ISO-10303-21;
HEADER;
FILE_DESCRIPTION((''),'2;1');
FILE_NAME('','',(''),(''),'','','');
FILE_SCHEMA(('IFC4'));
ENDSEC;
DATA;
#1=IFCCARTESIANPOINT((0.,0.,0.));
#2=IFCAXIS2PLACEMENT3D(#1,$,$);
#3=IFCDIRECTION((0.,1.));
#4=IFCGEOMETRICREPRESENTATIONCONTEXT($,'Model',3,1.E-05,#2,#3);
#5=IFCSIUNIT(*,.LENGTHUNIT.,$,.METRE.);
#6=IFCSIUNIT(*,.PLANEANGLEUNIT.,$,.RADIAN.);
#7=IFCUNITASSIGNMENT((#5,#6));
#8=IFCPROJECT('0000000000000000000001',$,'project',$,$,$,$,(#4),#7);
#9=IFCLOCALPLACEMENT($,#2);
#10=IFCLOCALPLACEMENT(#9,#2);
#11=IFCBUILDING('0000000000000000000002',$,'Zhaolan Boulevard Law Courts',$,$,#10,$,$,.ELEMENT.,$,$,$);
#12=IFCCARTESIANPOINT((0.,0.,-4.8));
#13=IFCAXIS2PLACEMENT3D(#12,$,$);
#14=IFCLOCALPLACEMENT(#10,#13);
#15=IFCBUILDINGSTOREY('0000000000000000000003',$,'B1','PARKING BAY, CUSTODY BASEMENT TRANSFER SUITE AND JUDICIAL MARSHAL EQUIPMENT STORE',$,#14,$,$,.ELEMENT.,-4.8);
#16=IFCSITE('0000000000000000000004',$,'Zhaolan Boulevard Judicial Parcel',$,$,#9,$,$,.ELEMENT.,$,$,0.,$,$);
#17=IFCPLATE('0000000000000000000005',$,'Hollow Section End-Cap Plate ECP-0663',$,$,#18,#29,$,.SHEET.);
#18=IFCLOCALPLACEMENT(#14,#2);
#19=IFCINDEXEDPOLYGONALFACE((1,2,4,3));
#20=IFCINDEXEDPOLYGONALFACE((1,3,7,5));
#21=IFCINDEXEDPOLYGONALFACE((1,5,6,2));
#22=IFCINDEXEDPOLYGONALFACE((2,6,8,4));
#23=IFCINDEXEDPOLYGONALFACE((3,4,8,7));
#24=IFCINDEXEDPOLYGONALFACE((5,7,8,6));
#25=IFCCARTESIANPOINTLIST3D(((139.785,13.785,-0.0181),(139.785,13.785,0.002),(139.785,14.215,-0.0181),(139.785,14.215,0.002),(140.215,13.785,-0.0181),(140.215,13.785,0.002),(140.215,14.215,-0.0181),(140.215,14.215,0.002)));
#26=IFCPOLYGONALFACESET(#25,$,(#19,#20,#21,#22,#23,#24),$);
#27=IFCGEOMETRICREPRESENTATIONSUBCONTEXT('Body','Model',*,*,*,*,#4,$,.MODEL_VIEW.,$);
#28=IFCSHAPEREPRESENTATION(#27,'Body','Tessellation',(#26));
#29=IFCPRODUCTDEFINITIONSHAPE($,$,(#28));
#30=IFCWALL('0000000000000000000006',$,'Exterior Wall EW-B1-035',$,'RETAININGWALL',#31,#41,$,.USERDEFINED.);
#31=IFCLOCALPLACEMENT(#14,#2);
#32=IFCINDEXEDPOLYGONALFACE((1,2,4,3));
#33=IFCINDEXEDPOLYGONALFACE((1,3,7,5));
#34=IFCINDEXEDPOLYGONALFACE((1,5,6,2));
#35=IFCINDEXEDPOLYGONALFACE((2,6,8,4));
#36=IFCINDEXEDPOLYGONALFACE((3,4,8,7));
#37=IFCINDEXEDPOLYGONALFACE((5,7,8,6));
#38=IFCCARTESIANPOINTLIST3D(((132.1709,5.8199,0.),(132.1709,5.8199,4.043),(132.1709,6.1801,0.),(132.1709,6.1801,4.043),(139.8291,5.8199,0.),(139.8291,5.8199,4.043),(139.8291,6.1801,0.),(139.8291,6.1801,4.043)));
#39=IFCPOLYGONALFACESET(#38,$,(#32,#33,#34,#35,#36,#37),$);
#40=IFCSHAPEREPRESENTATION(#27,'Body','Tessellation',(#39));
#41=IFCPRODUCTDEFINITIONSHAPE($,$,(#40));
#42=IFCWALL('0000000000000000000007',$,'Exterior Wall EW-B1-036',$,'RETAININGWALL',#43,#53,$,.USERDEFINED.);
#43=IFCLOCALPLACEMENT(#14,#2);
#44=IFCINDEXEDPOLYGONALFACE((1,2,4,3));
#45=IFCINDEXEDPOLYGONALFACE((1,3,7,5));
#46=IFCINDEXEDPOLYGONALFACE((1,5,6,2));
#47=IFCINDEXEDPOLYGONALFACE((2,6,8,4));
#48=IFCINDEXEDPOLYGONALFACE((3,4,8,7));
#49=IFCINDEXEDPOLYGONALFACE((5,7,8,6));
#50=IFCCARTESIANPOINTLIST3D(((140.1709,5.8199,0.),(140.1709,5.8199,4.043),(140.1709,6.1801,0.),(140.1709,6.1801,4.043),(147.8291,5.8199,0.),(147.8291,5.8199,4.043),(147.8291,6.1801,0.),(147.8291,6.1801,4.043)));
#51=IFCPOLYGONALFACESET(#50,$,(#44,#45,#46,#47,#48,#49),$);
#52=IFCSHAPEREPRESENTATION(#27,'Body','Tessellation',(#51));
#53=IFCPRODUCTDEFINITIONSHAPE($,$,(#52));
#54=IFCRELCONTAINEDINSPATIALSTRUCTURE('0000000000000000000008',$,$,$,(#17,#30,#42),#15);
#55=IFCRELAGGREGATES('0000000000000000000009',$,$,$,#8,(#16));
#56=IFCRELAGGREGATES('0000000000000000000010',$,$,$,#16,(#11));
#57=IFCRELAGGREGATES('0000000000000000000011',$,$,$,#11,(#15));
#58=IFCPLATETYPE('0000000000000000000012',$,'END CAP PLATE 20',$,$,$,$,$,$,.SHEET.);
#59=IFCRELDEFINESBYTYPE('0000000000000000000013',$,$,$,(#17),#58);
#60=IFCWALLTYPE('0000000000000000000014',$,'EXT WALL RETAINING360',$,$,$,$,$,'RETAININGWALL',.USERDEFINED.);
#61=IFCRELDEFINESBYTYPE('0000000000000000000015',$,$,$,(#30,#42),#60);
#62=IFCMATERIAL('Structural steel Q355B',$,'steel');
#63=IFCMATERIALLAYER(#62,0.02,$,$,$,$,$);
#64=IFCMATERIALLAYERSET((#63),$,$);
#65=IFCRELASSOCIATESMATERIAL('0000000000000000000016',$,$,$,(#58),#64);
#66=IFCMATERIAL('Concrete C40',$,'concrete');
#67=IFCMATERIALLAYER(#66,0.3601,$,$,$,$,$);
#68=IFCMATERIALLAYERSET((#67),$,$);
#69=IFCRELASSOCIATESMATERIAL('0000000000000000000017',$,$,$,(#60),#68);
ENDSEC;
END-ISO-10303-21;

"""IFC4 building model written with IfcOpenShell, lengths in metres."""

from ifc_helpers import new_model, si_unit, direction, frame, frame_2d, origin, origin_2d, place, context, subcontext, project, spatial, rectangle, extrude, material, layer, layer_set, type_object, element, save


model = new_model("IFC4")

# Units and contexts
model_context = context("Model", 3, precision=1e-05, world=origin(), true_north=direction((0.0, 1.0)))
body_context = subcontext(model_context, "Body", "Model", "MODEL_VIEW")
ifc_project = project(units=[si_unit("LENGTHUNIT", "METRE"), si_unit("PLANEANGLEUNIT", "RADIAN")], contexts=[model_context])

# Site, building, storey
site_placement = place(None, origin())
site = spatial("IfcSite", under=ifc_project, at=site_placement, Name="Zhaolan Boulevard Judicial Parcel", CompositionType="ELEMENT", RefElevation=0.0)
building_placement = place(site_placement, origin())
building = spatial("IfcBuilding", under=site, at=building_placement, Name="Zhaolan Boulevard Law Courts", CompositionType="ELEMENT")
storey_placement = place(building_placement, frame((0.0, 0.0, -4.8)))
storey = spatial("IfcBuildingStorey", under=building, at=storey_placement, Name="B1", Description="PARKING BAY, CUSTODY BASEMENT TRANSFER SUITE AND JUDICIAL MARSHAL EQUIPMENT STORE", CompositionType="ELEMENT", Elevation=-4.8)

# Plate
ifc_material_1 = material(Name="Structural steel Q355B", Category="steel")
ifc_layer_1 = layer(ifc_material_1, 0.02)
ifc_layer_set_1 = layer_set([ifc_layer_1])
plate_type = type_object("IfcPlateType", Name="END CAP PLATE 20", PredefinedType="SHEET", material=ifc_layer_set_1)
plate_placement = place(storey_placement, frame((140.0, 14.0, -0.0181), z_axis=(0.0, 0.0, 1.0), x_axis=(1.0, 0.0, 0.0)))
element("IfcPlate", 1, at=plate_placement, inside=storey, type_object=plate_type, Name="Hollow Section End-Cap Plate ECP-0663", PredefinedType="SHEET", context=body_context, shape_type="SweptSolid", body=[
    extrude(rectangle(XDim=0.4299, YDim=0.4299, at=origin_2d()), origin(), (0.0, 0.0, 1.0), 0.02),
])

# Walls
ifc_material_2 = material(Name="Concrete C40", Category="concrete")
ifc_layer_2 = layer(ifc_material_2, 0.3601)
ifc_layer_set_2 = layer_set([ifc_layer_2])
wall_type = type_object("IfcWallType", Name="EXT WALL RETAINING360", ElementType="RETAININGWALL", PredefinedType="USERDEFINED", material=ifc_layer_set_2)
for number, where, z_axis, x_axis, name in (
    (2, (132.1709, 6.0, 0.0), (0.0, 0.0, 1.0), (1.0, 0.0, 0.0), "Exterior Wall EW-B1-035"),
    (3, (140.1709, 6.0, 0.0), (0.0, 0.0, 1.0), (1.0, 0.0, 0.0), "Exterior Wall EW-B1-036"),
):
    element("IfcWall", number, at=place(storey_placement, frame(where, z_axis=z_axis, x_axis=x_axis)), inside=storey, type_object=wall_type, Name=name, ObjectType="RETAININGWALL", PredefinedType="USERDEFINED", context=body_context, shape_type="SweptSolid", body=[
        extrude(rectangle(XDim=7.6582, YDim=0.3601, at=frame_2d((3.8291, 0.0))), origin(), (0.0, 0.0, 1.0), 4.043),
    ])

save(model, "model.ifc")
